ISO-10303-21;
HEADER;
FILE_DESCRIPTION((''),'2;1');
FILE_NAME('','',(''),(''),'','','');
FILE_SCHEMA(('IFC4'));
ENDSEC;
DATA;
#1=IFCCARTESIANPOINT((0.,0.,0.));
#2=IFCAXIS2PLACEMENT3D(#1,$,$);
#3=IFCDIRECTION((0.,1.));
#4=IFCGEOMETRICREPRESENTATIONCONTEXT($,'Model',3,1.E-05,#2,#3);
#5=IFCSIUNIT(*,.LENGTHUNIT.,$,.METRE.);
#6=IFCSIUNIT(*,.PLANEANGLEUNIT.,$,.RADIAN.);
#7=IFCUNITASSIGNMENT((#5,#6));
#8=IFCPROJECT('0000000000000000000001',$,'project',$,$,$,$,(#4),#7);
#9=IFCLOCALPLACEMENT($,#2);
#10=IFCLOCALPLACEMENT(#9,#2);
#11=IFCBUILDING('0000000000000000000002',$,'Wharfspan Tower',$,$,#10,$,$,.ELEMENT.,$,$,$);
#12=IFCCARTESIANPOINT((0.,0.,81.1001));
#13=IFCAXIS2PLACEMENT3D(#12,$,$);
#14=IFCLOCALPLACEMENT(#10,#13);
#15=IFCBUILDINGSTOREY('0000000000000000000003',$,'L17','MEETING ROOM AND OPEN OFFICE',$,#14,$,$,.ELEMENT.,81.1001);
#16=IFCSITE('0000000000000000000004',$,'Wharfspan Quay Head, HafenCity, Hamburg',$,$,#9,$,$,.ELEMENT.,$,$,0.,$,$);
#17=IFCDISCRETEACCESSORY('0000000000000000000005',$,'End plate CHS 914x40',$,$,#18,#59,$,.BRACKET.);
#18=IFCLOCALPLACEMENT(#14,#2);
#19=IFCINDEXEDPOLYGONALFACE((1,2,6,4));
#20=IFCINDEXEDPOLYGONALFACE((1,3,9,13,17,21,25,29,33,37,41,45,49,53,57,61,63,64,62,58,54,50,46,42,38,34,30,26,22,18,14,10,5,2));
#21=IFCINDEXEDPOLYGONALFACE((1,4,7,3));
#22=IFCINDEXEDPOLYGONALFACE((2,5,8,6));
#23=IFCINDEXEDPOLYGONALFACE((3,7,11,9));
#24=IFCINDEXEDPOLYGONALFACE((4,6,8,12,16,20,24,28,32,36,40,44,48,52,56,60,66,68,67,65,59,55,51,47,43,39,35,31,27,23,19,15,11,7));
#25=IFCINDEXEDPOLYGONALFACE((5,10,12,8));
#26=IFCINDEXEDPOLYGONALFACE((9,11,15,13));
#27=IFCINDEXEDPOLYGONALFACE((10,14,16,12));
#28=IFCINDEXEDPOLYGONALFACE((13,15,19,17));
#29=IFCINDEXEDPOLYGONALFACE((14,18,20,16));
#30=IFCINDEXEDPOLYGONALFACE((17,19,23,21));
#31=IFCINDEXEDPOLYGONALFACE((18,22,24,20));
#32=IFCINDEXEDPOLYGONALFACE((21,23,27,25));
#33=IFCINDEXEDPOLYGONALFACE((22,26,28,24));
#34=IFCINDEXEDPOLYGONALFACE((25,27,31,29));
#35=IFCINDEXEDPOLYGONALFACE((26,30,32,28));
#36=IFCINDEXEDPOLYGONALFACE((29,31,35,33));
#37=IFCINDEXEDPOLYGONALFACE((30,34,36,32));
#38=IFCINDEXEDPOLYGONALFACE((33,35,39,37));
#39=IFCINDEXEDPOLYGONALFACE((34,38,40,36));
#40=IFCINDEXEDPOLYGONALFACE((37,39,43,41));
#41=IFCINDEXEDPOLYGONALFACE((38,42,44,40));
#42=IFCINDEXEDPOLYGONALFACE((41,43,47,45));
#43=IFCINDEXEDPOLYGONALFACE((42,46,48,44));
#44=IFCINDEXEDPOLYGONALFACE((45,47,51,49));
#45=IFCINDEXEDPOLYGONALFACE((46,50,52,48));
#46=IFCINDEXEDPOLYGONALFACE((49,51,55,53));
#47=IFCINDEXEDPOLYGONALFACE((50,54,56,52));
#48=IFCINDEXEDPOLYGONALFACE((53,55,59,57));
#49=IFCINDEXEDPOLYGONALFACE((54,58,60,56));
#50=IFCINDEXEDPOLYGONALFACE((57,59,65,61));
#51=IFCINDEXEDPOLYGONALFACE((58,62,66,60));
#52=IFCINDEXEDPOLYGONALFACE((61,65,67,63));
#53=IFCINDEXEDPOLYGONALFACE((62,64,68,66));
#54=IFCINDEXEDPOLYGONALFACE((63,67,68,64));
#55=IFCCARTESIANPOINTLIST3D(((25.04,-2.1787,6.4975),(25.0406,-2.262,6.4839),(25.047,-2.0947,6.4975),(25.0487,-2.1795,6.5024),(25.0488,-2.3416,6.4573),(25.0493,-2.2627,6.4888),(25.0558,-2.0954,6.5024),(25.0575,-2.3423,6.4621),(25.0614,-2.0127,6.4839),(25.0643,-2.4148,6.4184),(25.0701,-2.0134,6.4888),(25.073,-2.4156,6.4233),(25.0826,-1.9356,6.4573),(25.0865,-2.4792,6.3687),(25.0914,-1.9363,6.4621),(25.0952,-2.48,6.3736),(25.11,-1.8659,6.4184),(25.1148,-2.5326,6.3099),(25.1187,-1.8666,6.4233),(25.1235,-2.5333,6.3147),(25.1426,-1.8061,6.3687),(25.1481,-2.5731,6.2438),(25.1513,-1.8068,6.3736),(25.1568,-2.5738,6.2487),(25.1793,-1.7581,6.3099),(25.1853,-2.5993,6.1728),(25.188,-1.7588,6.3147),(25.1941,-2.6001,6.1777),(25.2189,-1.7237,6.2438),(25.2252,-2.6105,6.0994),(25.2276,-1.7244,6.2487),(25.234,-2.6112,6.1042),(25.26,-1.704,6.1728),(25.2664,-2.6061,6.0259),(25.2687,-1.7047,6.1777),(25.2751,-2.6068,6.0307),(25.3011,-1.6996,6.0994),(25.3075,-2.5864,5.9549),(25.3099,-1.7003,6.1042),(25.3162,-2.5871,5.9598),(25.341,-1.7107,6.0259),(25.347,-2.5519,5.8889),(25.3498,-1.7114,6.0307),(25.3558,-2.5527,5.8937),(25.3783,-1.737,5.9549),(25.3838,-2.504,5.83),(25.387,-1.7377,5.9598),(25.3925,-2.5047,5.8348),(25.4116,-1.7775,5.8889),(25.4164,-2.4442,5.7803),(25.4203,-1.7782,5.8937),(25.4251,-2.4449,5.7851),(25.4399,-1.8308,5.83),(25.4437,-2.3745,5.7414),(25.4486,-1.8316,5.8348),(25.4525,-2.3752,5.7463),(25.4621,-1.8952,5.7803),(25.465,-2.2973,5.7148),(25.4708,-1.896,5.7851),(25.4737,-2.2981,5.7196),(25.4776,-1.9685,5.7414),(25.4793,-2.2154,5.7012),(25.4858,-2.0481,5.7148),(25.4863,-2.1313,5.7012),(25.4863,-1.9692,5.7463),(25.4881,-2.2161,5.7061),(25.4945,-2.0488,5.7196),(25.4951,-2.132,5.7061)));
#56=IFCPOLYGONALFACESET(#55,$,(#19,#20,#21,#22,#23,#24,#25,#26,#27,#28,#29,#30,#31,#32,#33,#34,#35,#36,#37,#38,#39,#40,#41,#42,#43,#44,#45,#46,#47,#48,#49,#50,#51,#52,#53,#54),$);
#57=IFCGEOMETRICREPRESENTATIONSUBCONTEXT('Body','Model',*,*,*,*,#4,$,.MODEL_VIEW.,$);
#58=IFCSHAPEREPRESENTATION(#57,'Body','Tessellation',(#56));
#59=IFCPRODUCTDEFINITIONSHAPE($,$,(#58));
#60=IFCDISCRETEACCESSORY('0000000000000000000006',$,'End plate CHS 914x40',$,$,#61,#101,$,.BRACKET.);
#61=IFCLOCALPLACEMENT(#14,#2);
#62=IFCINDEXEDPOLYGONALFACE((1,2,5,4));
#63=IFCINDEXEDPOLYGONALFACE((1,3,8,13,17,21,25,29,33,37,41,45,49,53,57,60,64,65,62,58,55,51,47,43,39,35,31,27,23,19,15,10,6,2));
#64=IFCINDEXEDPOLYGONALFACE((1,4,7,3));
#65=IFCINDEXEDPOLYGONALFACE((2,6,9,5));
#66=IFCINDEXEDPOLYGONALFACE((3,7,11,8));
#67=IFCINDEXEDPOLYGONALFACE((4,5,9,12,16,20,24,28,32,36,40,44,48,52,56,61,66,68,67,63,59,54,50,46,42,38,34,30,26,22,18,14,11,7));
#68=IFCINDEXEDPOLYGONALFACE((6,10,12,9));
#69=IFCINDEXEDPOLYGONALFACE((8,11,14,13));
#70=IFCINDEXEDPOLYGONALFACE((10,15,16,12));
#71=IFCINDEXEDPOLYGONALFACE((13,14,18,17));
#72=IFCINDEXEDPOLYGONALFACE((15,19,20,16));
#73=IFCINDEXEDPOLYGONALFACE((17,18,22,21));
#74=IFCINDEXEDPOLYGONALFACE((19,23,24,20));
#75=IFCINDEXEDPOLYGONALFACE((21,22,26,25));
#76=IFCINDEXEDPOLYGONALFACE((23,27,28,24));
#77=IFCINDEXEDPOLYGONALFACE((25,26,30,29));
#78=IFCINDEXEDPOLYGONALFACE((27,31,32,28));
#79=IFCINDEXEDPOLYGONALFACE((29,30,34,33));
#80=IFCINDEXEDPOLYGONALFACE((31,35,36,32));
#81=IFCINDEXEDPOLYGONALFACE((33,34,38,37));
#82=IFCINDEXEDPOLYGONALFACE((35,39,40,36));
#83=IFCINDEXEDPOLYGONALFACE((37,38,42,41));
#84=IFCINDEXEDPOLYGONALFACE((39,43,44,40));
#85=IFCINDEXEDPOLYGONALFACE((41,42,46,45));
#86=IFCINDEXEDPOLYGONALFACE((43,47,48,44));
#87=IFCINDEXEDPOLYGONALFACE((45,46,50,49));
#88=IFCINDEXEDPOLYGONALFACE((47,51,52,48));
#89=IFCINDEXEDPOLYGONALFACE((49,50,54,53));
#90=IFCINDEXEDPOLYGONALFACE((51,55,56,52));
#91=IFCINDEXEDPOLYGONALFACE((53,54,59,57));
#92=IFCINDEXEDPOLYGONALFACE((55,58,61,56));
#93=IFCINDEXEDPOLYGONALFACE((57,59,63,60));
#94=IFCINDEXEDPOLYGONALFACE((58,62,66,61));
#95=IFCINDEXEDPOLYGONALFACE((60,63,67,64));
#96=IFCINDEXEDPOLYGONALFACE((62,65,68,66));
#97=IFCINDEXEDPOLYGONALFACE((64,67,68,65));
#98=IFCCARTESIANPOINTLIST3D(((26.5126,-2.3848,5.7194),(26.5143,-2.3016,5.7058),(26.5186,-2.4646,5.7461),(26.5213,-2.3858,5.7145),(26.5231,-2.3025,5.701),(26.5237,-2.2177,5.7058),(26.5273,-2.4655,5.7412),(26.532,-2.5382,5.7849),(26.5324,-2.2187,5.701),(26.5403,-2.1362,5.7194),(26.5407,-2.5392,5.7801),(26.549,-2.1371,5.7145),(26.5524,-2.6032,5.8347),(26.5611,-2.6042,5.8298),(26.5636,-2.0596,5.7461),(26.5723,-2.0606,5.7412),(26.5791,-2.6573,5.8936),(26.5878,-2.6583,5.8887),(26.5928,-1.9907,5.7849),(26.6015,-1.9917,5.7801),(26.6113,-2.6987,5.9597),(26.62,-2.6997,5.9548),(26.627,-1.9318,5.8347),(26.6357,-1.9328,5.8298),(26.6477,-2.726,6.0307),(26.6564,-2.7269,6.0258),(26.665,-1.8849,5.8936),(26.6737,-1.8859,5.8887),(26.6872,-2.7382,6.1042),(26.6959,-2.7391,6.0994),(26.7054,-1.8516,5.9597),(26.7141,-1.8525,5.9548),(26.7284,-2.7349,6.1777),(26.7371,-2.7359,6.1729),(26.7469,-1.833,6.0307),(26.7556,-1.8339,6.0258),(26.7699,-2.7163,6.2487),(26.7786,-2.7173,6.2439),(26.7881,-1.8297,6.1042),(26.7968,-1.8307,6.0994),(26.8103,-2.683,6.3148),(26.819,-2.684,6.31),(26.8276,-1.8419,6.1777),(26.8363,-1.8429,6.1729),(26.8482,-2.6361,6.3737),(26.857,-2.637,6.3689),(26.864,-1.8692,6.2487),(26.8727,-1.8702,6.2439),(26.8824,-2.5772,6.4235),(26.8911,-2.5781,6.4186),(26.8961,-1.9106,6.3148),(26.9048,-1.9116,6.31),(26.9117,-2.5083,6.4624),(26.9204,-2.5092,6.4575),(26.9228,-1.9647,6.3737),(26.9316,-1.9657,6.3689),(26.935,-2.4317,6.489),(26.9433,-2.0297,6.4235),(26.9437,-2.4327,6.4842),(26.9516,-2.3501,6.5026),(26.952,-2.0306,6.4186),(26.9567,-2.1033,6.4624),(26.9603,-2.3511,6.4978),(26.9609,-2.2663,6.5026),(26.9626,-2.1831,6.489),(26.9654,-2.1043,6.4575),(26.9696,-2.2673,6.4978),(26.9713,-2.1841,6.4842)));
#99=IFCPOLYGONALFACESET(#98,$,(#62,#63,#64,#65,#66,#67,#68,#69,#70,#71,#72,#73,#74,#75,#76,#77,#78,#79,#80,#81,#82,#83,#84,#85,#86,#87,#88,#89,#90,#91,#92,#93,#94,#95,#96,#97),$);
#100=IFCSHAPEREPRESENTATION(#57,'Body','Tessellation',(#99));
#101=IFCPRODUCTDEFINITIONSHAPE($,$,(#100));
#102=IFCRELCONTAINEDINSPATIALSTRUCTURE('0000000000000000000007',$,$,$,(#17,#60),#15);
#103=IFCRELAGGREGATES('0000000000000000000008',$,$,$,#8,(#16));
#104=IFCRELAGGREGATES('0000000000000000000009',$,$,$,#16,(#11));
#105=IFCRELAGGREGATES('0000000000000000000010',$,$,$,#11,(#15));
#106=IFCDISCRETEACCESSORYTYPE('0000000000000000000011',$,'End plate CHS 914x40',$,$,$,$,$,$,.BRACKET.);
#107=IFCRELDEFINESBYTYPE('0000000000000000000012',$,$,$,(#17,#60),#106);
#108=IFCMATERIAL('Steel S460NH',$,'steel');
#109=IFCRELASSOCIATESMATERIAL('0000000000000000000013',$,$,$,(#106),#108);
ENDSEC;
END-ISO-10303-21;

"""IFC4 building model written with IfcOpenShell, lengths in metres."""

from ifc_helpers import new_model, si_unit, direction, frame, origin, origin_2d, place, context, subcontext, project, spatial, circle, extrude, material, material_profile, profile_set, type_object, element, save


model = new_model("IFC4")

# Units and contexts
model_context = context("Model", 3, precision=1e-05, world=origin(), true_north=direction((0.0, 1.0)))
body_context = subcontext(model_context, "Body", "Model", "MODEL_VIEW")
ifc_project = project(units=[si_unit("LENGTHUNIT", "METRE"), si_unit("PLANEANGLEUNIT", "RADIAN")], contexts=[model_context])

# Site, building, storey
site_placement = place(None, origin())
site = spatial("IfcSite", under=ifc_project, at=site_placement, Name="Wharfspan Quay Head, HafenCity, Hamburg", CompositionType="ELEMENT", RefElevation=0.0)
building_placement = place(site_placement, origin())
building = spatial("IfcBuilding", under=site, at=building_placement, Name="Wharfspan Tower", CompositionType="ELEMENT")
storey_placement = place(building_placement, frame((0.0, 0.0, 81.1001)))
storey = spatial("IfcBuildingStorey", under=building, at=storey_placement, Name="L17", Description="MEETING ROOM AND OPEN OFFICE", CompositionType="ELEMENT", Elevation=81.1001)

# Shared definitions
ifc_material_1 = material(Name="Steel S460NH", Category="steel")

# Discrete accessories
ifc_material_profile_1 = material_profile(ifc_material_1, circle(Radius=0.457, at=origin_2d()))
ifc_profile_set_1 = profile_set([ifc_material_profile_1], Name="Steel S460NH")
discrete_accessory_type = type_object("IfcDiscreteAccessoryType", Name="End plate CHS 914x40", PredefinedType="BRACKET", material=ifc_profile_set_1)
for number, where, z_axis, x_axis, name in (
    (1, (25.2632, -2.155, 6.0994), (0.871847, -0.072654, 0.484359), (0.083044, 0.996547, 0.000003), "End plate CHS 914x40"),
    (2, (26.7463, -2.2849, 6.0994), (-0.870063, 0.096674, 0.483368), (-0.110432, -0.993885, 0.0), "End plate CHS 914x40"),
):
    element("IfcDiscreteAccessory", number, at=place(storey_placement, frame(where, z_axis=z_axis, x_axis=x_axis)), inside=storey, type_object=discrete_accessory_type, Name=name, PredefinedType="BRACKET", context=body_context, shape_type="SweptSolid", body=[
        extrude(circle(Radius=0.457, at=origin_2d()), origin(), (0.0, 0.0, 1.0), 0.01),
    ])

save(model, "model.ifc")
